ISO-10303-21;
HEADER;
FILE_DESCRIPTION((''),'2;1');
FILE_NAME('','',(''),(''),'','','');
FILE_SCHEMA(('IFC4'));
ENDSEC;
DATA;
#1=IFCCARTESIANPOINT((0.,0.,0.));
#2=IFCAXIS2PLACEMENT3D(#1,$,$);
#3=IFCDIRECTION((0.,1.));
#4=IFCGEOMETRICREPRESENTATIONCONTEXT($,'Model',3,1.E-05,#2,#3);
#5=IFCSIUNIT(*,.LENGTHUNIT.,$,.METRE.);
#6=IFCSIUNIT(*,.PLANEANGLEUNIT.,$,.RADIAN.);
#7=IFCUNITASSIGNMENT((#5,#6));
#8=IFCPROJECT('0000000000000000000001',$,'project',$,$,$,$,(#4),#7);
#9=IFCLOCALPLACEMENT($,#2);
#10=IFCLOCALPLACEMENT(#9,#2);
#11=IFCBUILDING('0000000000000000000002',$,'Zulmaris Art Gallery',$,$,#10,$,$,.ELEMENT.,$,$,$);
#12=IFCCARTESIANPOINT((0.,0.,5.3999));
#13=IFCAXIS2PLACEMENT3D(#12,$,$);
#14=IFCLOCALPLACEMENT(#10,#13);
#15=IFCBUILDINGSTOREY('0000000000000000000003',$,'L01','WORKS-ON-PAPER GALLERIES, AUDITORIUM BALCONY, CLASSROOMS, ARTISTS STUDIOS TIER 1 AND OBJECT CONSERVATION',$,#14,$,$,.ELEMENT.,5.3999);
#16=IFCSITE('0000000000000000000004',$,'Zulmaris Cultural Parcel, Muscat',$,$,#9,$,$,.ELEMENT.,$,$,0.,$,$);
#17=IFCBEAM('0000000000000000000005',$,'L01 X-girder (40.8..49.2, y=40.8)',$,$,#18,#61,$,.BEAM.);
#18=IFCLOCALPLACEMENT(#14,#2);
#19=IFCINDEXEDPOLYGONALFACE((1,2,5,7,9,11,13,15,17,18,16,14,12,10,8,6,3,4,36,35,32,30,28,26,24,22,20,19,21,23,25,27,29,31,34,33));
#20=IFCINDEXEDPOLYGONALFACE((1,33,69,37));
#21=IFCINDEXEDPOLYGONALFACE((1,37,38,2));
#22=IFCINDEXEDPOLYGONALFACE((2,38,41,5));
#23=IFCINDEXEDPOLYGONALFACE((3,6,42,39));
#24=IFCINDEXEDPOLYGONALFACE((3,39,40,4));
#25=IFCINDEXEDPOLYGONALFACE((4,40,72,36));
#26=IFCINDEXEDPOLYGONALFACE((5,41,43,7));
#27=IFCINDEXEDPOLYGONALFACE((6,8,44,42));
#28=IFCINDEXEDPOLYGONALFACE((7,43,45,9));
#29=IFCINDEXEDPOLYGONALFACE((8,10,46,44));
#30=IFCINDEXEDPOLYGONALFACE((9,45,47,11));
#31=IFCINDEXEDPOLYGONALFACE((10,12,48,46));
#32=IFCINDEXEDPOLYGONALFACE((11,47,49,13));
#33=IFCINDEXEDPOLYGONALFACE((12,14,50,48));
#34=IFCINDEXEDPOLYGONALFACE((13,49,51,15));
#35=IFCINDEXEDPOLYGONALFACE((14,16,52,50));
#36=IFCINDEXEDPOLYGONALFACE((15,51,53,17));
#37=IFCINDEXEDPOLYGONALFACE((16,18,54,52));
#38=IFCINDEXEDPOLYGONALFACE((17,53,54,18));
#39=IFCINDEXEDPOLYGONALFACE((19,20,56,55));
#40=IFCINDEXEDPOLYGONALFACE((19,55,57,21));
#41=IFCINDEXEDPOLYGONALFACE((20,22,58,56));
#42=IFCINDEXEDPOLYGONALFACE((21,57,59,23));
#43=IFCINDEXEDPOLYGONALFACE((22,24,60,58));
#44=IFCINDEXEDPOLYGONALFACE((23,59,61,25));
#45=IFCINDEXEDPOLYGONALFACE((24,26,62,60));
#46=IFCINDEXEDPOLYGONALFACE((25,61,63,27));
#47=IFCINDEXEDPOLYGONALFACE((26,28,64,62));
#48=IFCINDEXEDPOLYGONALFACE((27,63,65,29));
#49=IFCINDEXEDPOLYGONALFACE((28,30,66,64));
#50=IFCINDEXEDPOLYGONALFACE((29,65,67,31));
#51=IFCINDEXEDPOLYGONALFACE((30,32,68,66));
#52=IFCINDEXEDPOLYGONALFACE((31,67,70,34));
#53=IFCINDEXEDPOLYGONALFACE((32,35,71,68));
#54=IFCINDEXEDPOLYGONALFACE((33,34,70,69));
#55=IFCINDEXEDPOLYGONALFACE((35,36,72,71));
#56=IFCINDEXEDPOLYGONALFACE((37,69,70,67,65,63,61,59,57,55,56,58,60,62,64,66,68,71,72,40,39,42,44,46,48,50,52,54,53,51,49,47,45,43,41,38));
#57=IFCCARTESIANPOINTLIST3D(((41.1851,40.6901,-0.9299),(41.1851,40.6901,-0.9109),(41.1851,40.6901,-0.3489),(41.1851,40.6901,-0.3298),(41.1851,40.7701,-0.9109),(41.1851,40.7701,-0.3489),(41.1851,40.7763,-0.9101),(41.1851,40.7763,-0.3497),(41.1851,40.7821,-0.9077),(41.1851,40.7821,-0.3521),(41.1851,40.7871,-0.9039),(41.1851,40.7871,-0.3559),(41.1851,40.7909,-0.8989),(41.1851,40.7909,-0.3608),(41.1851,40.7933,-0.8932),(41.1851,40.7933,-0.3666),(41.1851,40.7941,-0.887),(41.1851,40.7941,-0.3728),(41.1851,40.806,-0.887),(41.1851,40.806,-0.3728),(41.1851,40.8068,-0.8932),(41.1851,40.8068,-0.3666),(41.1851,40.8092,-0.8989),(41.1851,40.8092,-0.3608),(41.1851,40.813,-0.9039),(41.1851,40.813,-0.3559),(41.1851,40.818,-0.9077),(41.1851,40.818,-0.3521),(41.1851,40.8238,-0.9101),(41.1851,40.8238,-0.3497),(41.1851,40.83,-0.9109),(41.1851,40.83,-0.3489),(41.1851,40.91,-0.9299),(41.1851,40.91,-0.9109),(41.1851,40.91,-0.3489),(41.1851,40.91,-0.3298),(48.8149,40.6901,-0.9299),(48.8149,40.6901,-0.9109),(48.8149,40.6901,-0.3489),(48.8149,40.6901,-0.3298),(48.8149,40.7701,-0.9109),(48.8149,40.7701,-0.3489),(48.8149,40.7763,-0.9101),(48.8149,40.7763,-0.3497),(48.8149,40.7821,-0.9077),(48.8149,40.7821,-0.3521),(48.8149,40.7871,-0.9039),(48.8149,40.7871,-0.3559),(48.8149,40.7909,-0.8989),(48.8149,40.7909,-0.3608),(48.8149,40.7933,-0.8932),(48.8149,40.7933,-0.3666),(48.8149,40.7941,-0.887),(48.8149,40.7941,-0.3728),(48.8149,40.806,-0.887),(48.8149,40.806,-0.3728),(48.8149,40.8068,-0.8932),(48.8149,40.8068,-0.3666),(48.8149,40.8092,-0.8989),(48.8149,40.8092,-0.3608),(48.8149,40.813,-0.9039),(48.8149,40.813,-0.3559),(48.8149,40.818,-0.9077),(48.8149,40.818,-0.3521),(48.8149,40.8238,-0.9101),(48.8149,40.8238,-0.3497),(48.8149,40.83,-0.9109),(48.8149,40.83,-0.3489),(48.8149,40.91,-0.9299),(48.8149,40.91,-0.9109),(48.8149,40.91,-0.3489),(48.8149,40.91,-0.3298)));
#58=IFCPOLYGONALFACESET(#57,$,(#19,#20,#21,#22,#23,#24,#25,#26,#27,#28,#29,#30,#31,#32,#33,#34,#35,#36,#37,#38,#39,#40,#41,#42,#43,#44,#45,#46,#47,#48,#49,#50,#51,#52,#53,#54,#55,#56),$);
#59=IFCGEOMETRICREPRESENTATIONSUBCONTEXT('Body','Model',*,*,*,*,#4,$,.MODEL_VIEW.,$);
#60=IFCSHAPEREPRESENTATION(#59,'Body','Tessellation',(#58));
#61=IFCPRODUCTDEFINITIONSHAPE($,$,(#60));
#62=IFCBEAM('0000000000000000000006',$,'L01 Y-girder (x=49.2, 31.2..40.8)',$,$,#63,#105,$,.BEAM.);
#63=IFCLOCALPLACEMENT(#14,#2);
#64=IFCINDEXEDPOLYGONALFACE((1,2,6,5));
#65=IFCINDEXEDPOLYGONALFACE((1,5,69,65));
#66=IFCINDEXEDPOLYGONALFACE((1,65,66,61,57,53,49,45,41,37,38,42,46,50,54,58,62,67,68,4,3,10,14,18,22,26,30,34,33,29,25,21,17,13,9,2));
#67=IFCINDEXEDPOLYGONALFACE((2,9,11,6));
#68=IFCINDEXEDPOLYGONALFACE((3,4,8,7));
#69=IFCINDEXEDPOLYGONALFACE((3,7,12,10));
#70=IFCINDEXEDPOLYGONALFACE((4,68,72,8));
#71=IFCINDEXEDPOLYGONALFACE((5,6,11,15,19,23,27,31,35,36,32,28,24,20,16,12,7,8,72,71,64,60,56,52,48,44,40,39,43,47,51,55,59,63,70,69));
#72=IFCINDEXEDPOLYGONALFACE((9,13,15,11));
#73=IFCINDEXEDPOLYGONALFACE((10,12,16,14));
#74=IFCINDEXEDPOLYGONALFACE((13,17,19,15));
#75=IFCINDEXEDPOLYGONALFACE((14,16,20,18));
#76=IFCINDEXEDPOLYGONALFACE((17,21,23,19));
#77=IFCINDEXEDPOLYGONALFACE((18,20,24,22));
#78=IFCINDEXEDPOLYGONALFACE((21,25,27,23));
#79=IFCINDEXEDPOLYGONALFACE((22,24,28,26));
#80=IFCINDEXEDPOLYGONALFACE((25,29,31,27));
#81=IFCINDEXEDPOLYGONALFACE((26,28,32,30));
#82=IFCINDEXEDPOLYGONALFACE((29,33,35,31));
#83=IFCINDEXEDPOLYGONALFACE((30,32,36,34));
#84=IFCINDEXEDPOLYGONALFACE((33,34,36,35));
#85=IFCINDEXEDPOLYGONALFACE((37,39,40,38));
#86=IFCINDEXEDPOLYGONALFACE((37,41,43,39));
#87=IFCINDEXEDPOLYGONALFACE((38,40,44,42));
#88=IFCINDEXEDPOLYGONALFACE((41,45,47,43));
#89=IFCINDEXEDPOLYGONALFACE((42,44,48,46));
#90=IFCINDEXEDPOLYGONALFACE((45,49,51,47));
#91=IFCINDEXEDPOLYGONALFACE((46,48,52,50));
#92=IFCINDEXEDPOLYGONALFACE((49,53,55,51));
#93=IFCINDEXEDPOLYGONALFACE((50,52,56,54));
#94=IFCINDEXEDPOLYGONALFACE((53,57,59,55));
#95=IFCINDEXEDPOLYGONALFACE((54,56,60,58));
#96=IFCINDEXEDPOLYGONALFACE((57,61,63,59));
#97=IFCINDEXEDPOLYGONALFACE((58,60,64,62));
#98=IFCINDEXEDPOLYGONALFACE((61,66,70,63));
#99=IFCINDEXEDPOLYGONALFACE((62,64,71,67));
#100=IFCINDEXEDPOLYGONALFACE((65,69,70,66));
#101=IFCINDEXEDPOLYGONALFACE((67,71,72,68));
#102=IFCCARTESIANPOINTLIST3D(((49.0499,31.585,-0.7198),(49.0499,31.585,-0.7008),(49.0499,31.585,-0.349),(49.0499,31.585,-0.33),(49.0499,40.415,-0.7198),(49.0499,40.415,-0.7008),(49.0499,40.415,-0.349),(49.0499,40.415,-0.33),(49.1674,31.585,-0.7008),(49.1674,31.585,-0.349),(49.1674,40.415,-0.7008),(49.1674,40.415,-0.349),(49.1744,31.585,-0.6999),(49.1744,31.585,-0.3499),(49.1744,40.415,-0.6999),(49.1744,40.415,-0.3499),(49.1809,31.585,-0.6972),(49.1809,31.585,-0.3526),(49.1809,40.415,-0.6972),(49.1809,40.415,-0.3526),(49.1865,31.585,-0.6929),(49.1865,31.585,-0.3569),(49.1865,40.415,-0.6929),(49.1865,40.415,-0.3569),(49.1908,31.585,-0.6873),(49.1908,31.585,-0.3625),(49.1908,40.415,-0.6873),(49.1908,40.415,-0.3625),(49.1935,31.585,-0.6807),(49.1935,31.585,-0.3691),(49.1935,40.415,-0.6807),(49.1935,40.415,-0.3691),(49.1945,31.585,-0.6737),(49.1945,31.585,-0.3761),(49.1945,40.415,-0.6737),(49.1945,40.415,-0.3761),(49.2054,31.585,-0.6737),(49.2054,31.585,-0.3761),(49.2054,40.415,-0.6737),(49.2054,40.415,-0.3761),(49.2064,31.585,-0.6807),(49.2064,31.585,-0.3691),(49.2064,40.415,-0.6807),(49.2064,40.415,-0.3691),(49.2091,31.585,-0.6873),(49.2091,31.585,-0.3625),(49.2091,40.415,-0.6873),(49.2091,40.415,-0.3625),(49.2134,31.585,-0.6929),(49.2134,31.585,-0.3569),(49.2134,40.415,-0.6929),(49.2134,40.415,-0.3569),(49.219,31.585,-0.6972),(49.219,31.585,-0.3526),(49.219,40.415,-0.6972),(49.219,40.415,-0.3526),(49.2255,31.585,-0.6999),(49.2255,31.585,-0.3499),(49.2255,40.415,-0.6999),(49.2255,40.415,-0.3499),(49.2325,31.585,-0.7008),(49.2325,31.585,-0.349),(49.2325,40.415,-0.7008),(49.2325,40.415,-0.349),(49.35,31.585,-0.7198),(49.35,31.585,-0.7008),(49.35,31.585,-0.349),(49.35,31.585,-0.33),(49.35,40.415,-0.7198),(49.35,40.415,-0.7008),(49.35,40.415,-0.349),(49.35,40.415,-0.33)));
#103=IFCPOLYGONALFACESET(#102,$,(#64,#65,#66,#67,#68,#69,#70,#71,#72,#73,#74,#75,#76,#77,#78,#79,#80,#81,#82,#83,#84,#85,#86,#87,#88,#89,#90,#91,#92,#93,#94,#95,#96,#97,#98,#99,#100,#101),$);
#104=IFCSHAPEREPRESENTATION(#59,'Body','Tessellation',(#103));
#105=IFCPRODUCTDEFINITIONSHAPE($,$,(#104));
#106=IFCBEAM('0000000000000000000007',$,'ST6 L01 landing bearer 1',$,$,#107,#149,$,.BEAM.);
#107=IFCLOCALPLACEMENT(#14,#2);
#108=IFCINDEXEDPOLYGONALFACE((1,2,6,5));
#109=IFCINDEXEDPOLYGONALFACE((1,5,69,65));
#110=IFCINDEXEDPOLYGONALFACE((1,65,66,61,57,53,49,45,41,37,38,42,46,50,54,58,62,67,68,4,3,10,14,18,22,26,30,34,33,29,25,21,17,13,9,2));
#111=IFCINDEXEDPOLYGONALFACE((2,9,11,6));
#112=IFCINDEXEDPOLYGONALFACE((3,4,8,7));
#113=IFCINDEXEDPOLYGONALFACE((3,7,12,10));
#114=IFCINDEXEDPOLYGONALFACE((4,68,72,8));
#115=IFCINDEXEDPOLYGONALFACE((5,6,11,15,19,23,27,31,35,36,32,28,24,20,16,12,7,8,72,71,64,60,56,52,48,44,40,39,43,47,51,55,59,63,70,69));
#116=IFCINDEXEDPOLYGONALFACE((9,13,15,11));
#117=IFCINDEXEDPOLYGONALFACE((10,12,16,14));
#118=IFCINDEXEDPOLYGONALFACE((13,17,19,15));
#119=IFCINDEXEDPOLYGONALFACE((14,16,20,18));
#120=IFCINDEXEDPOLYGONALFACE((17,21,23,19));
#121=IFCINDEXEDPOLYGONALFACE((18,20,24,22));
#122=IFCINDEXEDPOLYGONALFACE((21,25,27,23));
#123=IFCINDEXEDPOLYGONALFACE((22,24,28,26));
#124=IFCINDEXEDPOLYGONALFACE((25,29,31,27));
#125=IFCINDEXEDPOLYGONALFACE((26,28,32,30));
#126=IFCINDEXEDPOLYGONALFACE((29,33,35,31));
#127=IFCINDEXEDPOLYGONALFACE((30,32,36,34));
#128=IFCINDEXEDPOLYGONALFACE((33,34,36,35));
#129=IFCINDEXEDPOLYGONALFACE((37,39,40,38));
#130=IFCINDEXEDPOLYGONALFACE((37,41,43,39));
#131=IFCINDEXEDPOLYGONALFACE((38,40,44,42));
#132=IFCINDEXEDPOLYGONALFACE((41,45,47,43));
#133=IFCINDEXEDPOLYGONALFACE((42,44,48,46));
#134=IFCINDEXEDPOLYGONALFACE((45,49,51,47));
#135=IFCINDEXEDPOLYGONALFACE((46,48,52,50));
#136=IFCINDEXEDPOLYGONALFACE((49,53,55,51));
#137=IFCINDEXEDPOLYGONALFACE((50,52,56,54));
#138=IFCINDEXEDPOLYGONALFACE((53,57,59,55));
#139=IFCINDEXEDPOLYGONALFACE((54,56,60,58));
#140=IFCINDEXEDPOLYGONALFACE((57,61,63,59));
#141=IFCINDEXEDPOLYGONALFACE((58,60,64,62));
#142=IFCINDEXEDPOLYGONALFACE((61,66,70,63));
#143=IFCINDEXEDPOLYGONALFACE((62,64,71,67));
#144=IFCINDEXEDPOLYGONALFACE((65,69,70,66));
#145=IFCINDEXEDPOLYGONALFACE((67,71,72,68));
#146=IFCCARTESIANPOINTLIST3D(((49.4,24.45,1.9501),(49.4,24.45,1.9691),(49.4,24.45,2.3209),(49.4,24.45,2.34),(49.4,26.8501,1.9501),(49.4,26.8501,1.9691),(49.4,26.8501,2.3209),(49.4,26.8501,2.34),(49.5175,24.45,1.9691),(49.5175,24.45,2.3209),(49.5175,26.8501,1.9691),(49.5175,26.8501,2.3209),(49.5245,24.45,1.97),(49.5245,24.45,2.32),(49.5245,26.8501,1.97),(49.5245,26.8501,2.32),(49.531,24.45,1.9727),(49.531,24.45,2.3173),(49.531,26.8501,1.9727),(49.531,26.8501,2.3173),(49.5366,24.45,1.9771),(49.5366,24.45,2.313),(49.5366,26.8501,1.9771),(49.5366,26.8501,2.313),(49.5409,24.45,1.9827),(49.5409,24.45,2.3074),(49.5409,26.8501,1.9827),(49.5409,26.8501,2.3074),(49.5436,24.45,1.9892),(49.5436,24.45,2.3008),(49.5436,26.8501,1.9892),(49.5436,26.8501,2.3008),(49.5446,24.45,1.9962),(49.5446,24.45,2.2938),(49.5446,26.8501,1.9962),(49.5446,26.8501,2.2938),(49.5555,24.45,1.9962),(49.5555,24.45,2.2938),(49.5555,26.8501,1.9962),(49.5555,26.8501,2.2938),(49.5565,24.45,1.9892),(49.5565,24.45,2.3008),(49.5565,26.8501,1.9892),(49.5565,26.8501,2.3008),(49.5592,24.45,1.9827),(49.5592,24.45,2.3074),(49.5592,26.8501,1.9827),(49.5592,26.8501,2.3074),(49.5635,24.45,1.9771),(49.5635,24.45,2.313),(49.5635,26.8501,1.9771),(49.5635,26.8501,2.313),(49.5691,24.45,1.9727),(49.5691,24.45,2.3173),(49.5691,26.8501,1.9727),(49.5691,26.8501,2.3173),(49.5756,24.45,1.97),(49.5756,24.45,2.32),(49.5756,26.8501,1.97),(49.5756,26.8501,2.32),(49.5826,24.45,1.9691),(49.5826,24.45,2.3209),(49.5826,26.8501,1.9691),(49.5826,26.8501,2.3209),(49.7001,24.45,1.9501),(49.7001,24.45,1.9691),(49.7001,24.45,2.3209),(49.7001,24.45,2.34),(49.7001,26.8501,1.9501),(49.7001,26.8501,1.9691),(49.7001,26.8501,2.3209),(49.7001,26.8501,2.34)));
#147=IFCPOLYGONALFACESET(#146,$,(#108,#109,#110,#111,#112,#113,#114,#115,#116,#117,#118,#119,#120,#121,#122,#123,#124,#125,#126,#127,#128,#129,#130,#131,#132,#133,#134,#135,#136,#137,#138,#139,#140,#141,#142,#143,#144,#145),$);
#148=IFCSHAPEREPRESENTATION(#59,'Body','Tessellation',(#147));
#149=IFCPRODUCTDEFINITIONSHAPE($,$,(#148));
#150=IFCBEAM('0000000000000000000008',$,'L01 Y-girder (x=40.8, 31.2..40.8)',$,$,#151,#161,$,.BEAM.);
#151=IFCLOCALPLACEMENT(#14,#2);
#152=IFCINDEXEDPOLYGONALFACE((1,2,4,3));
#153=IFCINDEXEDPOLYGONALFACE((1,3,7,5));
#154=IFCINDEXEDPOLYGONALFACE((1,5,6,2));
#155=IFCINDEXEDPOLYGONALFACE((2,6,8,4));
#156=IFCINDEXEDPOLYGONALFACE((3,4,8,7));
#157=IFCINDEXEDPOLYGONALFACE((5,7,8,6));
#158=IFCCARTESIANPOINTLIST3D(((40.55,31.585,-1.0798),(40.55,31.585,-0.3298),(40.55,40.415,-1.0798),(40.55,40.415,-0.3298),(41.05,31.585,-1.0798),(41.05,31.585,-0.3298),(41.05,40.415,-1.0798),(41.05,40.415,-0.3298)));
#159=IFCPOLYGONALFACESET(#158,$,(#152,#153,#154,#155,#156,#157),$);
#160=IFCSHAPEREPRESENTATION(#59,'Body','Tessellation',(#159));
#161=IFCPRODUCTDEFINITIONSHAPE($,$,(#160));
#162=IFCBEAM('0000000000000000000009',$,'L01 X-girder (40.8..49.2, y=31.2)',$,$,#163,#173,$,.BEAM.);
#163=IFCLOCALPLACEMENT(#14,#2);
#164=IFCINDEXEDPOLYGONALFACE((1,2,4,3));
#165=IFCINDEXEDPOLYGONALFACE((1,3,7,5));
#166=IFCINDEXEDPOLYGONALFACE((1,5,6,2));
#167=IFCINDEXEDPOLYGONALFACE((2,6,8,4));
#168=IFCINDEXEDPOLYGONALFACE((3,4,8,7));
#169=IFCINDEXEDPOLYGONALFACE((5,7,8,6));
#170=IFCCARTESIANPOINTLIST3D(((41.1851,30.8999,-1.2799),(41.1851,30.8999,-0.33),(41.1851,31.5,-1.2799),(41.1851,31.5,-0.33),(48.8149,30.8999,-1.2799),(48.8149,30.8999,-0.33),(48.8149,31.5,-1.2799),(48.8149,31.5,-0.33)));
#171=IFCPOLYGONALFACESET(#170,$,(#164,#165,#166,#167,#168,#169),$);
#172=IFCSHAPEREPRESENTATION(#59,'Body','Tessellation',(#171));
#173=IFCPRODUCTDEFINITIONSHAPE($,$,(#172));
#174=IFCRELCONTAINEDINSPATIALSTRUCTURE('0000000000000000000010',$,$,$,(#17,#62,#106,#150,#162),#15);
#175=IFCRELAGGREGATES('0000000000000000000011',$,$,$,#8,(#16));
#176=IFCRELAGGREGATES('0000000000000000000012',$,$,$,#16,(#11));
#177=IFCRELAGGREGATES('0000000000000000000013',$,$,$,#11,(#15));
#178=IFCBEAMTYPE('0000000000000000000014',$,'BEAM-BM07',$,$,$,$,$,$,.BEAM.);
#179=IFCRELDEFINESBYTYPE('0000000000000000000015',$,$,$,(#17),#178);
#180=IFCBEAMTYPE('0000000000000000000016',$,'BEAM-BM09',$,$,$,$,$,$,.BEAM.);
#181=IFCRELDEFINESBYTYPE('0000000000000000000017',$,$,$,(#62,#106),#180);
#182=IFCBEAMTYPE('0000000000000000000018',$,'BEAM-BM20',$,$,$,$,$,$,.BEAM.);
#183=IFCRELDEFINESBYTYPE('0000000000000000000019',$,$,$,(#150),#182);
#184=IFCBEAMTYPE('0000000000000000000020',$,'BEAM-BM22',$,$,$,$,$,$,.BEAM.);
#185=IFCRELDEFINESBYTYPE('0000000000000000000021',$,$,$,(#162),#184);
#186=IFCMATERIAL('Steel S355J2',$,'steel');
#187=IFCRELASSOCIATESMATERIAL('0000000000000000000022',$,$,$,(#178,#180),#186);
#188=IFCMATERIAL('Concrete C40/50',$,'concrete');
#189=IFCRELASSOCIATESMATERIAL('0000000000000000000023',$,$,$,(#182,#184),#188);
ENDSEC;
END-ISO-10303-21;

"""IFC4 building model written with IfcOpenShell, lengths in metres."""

from ifc_helpers import new_model, si_unit, direction, frame, origin, origin_2d, place, context, subcontext, project, spatial, rectangle, i_section, extrude, material, material_profile, profile_set, type_object, element, save


model = new_model("IFC4")

# Units and contexts
model_context = context("Model", 3, precision=1e-05, world=origin(), true_north=direction((0.0, 1.0)))
body_context = subcontext(model_context, "Body", "Model", "MODEL_VIEW")
ifc_project = project(units=[si_unit("LENGTHUNIT", "METRE"), si_unit("PLANEANGLEUNIT", "RADIAN")], contexts=[model_context])

# Site, building, storey
site_placement = place(None, origin())
site = spatial("IfcSite", under=ifc_project, at=site_placement, Name="Zulmaris Cultural Parcel, Muscat", CompositionType="ELEMENT", RefElevation=0.0)
building_placement = place(site_placement, origin())
building = spatial("IfcBuilding", under=site, at=building_placement, Name="Zulmaris Art Gallery", CompositionType="ELEMENT")
storey_placement = place(building_placement, frame((0.0, 0.0, 5.3999)))
storey = spatial("IfcBuildingStorey", under=building, at=storey_placement, Name="L01", Description="WORKS-ON-PAPER GALLERIES, AUDITORIUM BALCONY, CLASSROOMS, ARTISTS STUDIOS TIER 1 AND OBJECT CONSERVATION", CompositionType="ELEMENT", Elevation=5.3999)

# Shared definitions
ifc_material_1 = material(Name="Concrete C40/50", Category="concrete")

# Beams
ifc_material_2 = material(Name="Steel S355J2", Category="steel")
ifc_material_profile_1 = material_profile(ifc_material_2, i_section(OverallWidth=0.22, OverallDepth=0.6001, WebThickness=0.012, FlangeThickness=0.019, FilletRadius=0.0239, at=origin_2d()), Name="IPE 600")
ifc_profile_set_1 = profile_set([ifc_material_profile_1], Name="Steel S355J2")
beam_type_1 = type_object("IfcBeamType", Name="BEAM-BM07", PredefinedType="BEAM", material=ifc_profile_set_1)
beam_1_placement = place(storey_placement, frame((41.1851, 40.8, -0.6299), z_axis=(1.0, 0.0, 0.0), x_axis=(0.0, 1.0, 0.0)))
element("IfcBeam", 1, at=beam_1_placement, inside=storey, type_object=beam_type_1, Name="L01 X-girder (40.8..49.2, y=40.8)", PredefinedType="BEAM", context=body_context, shape_type="SweptSolid", body=[
    extrude(i_section(OverallWidth=0.22, OverallDepth=0.6001, WebThickness=0.012, FlangeThickness=0.019, FilletRadius=0.0239, at=origin_2d()), origin(), (0.0, 0.0, 1.0), 7.6299),
])
ifc_material_profile_2 = material_profile(ifc_material_2, i_section(OverallWidth=0.3, OverallDepth=0.3899, WebThickness=0.011, FlangeThickness=0.019, FilletRadius=0.0271, at=origin_2d()), Name="HEA 400")
ifc_profile_set_2 = profile_set([ifc_material_profile_2], Name="Steel S355J2")
beam_type_2 = type_object("IfcBeamType", Name="BEAM-BM09", PredefinedType="BEAM", material=ifc_profile_set_2)
beam_2_placement = place(storey_placement, frame((49.2, 31.585, -0.5249), z_axis=(0.0, 1.0, 0.0), x_axis=(-1.0, 0.0, 0.0)))
element("IfcBeam", 2, at=beam_2_placement, inside=storey, type_object=beam_type_2, Name="L01 Y-girder (x=49.2, 31.2..40.8)", PredefinedType="BEAM", context=body_context, shape_type="SweptSolid", body=[
    extrude(i_section(OverallWidth=0.3, OverallDepth=0.3899, WebThickness=0.011, FlangeThickness=0.019, FilletRadius=0.0271, at=origin_2d()), origin(), (0.0, 0.0, 1.0), 8.8301),
])
beam_3_placement = place(storey_placement, frame((49.55, 24.45, 2.145), z_axis=(0.0, 1.0, 0.0), x_axis=(-1.0, 0.0, 0.0)))
element("IfcBeam", 3, at=beam_3_placement, inside=storey, type_object=beam_type_2, Name="ST6 L01 landing bearer 1", PredefinedType="BEAM", context=body_context, shape_type="SweptSolid", body=[
    extrude(i_section(OverallWidth=0.3, OverallDepth=0.3899, WebThickness=0.011, FlangeThickness=0.019, FilletRadius=0.0271, at=origin_2d()), origin(), (0.0, 0.0, 1.0), 2.4001),
])
ifc_material_profile_3 = material_profile(ifc_material_1, rectangle(XDim=0.5, YDim=0.75, at=origin_2d()), Name="RC 500x750")
ifc_profile_set_3 = profile_set([ifc_material_profile_3], Name="Concrete C40/50")
beam_type_3 = type_object("IfcBeamType", Name="BEAM-BM20", PredefinedType="BEAM", material=ifc_profile_set_3)
beam_4_placement = place(storey_placement, frame((40.8, 31.585, -0.7048), z_axis=(0.0, 1.0, 0.0), x_axis=(-1.0, 0.0, 0.0)))
element("IfcBeam", 4, at=beam_4_placement, inside=storey, type_object=beam_type_3, Name="L01 Y-girder (x=40.8, 31.2..40.8)", PredefinedType="BEAM", context=body_context, shape_type="SweptSolid", body=[
    extrude(rectangle(XDim=0.5, YDim=0.75, at=origin_2d()), origin(), (0.0, 0.0, 1.0), 8.8301),
])
ifc_material_profile_4 = material_profile(ifc_material_1, rectangle(XDim=0.6001, YDim=0.95, at=origin_2d()), Name="RC 600x950")
ifc_profile_set_4 = profile_set([ifc_material_profile_4], Name="Concrete C40/50")
beam_type_4 = type_object("IfcBeamType", Name="BEAM-BM22", PredefinedType="BEAM", material=ifc_profile_set_4)
beam_5_placement = place(storey_placement, frame((41.1851, 31.2, -0.8049), z_axis=(1.0, 0.0, 0.0), x_axis=(0.0, 1.0, 0.0)))
element("IfcBeam", 5, at=beam_5_placement, inside=storey, type_object=beam_type_4, Name="L01 X-girder (40.8..49.2, y=31.2)", PredefinedType="BEAM", context=body_context, shape_type="SweptSolid", body=[
    extrude(rectangle(XDim=0.6001, YDim=0.95, at=origin_2d()), origin(), (0.0, 0.0, 1.0), 7.6299),
])

save(model, "model.ifc")
